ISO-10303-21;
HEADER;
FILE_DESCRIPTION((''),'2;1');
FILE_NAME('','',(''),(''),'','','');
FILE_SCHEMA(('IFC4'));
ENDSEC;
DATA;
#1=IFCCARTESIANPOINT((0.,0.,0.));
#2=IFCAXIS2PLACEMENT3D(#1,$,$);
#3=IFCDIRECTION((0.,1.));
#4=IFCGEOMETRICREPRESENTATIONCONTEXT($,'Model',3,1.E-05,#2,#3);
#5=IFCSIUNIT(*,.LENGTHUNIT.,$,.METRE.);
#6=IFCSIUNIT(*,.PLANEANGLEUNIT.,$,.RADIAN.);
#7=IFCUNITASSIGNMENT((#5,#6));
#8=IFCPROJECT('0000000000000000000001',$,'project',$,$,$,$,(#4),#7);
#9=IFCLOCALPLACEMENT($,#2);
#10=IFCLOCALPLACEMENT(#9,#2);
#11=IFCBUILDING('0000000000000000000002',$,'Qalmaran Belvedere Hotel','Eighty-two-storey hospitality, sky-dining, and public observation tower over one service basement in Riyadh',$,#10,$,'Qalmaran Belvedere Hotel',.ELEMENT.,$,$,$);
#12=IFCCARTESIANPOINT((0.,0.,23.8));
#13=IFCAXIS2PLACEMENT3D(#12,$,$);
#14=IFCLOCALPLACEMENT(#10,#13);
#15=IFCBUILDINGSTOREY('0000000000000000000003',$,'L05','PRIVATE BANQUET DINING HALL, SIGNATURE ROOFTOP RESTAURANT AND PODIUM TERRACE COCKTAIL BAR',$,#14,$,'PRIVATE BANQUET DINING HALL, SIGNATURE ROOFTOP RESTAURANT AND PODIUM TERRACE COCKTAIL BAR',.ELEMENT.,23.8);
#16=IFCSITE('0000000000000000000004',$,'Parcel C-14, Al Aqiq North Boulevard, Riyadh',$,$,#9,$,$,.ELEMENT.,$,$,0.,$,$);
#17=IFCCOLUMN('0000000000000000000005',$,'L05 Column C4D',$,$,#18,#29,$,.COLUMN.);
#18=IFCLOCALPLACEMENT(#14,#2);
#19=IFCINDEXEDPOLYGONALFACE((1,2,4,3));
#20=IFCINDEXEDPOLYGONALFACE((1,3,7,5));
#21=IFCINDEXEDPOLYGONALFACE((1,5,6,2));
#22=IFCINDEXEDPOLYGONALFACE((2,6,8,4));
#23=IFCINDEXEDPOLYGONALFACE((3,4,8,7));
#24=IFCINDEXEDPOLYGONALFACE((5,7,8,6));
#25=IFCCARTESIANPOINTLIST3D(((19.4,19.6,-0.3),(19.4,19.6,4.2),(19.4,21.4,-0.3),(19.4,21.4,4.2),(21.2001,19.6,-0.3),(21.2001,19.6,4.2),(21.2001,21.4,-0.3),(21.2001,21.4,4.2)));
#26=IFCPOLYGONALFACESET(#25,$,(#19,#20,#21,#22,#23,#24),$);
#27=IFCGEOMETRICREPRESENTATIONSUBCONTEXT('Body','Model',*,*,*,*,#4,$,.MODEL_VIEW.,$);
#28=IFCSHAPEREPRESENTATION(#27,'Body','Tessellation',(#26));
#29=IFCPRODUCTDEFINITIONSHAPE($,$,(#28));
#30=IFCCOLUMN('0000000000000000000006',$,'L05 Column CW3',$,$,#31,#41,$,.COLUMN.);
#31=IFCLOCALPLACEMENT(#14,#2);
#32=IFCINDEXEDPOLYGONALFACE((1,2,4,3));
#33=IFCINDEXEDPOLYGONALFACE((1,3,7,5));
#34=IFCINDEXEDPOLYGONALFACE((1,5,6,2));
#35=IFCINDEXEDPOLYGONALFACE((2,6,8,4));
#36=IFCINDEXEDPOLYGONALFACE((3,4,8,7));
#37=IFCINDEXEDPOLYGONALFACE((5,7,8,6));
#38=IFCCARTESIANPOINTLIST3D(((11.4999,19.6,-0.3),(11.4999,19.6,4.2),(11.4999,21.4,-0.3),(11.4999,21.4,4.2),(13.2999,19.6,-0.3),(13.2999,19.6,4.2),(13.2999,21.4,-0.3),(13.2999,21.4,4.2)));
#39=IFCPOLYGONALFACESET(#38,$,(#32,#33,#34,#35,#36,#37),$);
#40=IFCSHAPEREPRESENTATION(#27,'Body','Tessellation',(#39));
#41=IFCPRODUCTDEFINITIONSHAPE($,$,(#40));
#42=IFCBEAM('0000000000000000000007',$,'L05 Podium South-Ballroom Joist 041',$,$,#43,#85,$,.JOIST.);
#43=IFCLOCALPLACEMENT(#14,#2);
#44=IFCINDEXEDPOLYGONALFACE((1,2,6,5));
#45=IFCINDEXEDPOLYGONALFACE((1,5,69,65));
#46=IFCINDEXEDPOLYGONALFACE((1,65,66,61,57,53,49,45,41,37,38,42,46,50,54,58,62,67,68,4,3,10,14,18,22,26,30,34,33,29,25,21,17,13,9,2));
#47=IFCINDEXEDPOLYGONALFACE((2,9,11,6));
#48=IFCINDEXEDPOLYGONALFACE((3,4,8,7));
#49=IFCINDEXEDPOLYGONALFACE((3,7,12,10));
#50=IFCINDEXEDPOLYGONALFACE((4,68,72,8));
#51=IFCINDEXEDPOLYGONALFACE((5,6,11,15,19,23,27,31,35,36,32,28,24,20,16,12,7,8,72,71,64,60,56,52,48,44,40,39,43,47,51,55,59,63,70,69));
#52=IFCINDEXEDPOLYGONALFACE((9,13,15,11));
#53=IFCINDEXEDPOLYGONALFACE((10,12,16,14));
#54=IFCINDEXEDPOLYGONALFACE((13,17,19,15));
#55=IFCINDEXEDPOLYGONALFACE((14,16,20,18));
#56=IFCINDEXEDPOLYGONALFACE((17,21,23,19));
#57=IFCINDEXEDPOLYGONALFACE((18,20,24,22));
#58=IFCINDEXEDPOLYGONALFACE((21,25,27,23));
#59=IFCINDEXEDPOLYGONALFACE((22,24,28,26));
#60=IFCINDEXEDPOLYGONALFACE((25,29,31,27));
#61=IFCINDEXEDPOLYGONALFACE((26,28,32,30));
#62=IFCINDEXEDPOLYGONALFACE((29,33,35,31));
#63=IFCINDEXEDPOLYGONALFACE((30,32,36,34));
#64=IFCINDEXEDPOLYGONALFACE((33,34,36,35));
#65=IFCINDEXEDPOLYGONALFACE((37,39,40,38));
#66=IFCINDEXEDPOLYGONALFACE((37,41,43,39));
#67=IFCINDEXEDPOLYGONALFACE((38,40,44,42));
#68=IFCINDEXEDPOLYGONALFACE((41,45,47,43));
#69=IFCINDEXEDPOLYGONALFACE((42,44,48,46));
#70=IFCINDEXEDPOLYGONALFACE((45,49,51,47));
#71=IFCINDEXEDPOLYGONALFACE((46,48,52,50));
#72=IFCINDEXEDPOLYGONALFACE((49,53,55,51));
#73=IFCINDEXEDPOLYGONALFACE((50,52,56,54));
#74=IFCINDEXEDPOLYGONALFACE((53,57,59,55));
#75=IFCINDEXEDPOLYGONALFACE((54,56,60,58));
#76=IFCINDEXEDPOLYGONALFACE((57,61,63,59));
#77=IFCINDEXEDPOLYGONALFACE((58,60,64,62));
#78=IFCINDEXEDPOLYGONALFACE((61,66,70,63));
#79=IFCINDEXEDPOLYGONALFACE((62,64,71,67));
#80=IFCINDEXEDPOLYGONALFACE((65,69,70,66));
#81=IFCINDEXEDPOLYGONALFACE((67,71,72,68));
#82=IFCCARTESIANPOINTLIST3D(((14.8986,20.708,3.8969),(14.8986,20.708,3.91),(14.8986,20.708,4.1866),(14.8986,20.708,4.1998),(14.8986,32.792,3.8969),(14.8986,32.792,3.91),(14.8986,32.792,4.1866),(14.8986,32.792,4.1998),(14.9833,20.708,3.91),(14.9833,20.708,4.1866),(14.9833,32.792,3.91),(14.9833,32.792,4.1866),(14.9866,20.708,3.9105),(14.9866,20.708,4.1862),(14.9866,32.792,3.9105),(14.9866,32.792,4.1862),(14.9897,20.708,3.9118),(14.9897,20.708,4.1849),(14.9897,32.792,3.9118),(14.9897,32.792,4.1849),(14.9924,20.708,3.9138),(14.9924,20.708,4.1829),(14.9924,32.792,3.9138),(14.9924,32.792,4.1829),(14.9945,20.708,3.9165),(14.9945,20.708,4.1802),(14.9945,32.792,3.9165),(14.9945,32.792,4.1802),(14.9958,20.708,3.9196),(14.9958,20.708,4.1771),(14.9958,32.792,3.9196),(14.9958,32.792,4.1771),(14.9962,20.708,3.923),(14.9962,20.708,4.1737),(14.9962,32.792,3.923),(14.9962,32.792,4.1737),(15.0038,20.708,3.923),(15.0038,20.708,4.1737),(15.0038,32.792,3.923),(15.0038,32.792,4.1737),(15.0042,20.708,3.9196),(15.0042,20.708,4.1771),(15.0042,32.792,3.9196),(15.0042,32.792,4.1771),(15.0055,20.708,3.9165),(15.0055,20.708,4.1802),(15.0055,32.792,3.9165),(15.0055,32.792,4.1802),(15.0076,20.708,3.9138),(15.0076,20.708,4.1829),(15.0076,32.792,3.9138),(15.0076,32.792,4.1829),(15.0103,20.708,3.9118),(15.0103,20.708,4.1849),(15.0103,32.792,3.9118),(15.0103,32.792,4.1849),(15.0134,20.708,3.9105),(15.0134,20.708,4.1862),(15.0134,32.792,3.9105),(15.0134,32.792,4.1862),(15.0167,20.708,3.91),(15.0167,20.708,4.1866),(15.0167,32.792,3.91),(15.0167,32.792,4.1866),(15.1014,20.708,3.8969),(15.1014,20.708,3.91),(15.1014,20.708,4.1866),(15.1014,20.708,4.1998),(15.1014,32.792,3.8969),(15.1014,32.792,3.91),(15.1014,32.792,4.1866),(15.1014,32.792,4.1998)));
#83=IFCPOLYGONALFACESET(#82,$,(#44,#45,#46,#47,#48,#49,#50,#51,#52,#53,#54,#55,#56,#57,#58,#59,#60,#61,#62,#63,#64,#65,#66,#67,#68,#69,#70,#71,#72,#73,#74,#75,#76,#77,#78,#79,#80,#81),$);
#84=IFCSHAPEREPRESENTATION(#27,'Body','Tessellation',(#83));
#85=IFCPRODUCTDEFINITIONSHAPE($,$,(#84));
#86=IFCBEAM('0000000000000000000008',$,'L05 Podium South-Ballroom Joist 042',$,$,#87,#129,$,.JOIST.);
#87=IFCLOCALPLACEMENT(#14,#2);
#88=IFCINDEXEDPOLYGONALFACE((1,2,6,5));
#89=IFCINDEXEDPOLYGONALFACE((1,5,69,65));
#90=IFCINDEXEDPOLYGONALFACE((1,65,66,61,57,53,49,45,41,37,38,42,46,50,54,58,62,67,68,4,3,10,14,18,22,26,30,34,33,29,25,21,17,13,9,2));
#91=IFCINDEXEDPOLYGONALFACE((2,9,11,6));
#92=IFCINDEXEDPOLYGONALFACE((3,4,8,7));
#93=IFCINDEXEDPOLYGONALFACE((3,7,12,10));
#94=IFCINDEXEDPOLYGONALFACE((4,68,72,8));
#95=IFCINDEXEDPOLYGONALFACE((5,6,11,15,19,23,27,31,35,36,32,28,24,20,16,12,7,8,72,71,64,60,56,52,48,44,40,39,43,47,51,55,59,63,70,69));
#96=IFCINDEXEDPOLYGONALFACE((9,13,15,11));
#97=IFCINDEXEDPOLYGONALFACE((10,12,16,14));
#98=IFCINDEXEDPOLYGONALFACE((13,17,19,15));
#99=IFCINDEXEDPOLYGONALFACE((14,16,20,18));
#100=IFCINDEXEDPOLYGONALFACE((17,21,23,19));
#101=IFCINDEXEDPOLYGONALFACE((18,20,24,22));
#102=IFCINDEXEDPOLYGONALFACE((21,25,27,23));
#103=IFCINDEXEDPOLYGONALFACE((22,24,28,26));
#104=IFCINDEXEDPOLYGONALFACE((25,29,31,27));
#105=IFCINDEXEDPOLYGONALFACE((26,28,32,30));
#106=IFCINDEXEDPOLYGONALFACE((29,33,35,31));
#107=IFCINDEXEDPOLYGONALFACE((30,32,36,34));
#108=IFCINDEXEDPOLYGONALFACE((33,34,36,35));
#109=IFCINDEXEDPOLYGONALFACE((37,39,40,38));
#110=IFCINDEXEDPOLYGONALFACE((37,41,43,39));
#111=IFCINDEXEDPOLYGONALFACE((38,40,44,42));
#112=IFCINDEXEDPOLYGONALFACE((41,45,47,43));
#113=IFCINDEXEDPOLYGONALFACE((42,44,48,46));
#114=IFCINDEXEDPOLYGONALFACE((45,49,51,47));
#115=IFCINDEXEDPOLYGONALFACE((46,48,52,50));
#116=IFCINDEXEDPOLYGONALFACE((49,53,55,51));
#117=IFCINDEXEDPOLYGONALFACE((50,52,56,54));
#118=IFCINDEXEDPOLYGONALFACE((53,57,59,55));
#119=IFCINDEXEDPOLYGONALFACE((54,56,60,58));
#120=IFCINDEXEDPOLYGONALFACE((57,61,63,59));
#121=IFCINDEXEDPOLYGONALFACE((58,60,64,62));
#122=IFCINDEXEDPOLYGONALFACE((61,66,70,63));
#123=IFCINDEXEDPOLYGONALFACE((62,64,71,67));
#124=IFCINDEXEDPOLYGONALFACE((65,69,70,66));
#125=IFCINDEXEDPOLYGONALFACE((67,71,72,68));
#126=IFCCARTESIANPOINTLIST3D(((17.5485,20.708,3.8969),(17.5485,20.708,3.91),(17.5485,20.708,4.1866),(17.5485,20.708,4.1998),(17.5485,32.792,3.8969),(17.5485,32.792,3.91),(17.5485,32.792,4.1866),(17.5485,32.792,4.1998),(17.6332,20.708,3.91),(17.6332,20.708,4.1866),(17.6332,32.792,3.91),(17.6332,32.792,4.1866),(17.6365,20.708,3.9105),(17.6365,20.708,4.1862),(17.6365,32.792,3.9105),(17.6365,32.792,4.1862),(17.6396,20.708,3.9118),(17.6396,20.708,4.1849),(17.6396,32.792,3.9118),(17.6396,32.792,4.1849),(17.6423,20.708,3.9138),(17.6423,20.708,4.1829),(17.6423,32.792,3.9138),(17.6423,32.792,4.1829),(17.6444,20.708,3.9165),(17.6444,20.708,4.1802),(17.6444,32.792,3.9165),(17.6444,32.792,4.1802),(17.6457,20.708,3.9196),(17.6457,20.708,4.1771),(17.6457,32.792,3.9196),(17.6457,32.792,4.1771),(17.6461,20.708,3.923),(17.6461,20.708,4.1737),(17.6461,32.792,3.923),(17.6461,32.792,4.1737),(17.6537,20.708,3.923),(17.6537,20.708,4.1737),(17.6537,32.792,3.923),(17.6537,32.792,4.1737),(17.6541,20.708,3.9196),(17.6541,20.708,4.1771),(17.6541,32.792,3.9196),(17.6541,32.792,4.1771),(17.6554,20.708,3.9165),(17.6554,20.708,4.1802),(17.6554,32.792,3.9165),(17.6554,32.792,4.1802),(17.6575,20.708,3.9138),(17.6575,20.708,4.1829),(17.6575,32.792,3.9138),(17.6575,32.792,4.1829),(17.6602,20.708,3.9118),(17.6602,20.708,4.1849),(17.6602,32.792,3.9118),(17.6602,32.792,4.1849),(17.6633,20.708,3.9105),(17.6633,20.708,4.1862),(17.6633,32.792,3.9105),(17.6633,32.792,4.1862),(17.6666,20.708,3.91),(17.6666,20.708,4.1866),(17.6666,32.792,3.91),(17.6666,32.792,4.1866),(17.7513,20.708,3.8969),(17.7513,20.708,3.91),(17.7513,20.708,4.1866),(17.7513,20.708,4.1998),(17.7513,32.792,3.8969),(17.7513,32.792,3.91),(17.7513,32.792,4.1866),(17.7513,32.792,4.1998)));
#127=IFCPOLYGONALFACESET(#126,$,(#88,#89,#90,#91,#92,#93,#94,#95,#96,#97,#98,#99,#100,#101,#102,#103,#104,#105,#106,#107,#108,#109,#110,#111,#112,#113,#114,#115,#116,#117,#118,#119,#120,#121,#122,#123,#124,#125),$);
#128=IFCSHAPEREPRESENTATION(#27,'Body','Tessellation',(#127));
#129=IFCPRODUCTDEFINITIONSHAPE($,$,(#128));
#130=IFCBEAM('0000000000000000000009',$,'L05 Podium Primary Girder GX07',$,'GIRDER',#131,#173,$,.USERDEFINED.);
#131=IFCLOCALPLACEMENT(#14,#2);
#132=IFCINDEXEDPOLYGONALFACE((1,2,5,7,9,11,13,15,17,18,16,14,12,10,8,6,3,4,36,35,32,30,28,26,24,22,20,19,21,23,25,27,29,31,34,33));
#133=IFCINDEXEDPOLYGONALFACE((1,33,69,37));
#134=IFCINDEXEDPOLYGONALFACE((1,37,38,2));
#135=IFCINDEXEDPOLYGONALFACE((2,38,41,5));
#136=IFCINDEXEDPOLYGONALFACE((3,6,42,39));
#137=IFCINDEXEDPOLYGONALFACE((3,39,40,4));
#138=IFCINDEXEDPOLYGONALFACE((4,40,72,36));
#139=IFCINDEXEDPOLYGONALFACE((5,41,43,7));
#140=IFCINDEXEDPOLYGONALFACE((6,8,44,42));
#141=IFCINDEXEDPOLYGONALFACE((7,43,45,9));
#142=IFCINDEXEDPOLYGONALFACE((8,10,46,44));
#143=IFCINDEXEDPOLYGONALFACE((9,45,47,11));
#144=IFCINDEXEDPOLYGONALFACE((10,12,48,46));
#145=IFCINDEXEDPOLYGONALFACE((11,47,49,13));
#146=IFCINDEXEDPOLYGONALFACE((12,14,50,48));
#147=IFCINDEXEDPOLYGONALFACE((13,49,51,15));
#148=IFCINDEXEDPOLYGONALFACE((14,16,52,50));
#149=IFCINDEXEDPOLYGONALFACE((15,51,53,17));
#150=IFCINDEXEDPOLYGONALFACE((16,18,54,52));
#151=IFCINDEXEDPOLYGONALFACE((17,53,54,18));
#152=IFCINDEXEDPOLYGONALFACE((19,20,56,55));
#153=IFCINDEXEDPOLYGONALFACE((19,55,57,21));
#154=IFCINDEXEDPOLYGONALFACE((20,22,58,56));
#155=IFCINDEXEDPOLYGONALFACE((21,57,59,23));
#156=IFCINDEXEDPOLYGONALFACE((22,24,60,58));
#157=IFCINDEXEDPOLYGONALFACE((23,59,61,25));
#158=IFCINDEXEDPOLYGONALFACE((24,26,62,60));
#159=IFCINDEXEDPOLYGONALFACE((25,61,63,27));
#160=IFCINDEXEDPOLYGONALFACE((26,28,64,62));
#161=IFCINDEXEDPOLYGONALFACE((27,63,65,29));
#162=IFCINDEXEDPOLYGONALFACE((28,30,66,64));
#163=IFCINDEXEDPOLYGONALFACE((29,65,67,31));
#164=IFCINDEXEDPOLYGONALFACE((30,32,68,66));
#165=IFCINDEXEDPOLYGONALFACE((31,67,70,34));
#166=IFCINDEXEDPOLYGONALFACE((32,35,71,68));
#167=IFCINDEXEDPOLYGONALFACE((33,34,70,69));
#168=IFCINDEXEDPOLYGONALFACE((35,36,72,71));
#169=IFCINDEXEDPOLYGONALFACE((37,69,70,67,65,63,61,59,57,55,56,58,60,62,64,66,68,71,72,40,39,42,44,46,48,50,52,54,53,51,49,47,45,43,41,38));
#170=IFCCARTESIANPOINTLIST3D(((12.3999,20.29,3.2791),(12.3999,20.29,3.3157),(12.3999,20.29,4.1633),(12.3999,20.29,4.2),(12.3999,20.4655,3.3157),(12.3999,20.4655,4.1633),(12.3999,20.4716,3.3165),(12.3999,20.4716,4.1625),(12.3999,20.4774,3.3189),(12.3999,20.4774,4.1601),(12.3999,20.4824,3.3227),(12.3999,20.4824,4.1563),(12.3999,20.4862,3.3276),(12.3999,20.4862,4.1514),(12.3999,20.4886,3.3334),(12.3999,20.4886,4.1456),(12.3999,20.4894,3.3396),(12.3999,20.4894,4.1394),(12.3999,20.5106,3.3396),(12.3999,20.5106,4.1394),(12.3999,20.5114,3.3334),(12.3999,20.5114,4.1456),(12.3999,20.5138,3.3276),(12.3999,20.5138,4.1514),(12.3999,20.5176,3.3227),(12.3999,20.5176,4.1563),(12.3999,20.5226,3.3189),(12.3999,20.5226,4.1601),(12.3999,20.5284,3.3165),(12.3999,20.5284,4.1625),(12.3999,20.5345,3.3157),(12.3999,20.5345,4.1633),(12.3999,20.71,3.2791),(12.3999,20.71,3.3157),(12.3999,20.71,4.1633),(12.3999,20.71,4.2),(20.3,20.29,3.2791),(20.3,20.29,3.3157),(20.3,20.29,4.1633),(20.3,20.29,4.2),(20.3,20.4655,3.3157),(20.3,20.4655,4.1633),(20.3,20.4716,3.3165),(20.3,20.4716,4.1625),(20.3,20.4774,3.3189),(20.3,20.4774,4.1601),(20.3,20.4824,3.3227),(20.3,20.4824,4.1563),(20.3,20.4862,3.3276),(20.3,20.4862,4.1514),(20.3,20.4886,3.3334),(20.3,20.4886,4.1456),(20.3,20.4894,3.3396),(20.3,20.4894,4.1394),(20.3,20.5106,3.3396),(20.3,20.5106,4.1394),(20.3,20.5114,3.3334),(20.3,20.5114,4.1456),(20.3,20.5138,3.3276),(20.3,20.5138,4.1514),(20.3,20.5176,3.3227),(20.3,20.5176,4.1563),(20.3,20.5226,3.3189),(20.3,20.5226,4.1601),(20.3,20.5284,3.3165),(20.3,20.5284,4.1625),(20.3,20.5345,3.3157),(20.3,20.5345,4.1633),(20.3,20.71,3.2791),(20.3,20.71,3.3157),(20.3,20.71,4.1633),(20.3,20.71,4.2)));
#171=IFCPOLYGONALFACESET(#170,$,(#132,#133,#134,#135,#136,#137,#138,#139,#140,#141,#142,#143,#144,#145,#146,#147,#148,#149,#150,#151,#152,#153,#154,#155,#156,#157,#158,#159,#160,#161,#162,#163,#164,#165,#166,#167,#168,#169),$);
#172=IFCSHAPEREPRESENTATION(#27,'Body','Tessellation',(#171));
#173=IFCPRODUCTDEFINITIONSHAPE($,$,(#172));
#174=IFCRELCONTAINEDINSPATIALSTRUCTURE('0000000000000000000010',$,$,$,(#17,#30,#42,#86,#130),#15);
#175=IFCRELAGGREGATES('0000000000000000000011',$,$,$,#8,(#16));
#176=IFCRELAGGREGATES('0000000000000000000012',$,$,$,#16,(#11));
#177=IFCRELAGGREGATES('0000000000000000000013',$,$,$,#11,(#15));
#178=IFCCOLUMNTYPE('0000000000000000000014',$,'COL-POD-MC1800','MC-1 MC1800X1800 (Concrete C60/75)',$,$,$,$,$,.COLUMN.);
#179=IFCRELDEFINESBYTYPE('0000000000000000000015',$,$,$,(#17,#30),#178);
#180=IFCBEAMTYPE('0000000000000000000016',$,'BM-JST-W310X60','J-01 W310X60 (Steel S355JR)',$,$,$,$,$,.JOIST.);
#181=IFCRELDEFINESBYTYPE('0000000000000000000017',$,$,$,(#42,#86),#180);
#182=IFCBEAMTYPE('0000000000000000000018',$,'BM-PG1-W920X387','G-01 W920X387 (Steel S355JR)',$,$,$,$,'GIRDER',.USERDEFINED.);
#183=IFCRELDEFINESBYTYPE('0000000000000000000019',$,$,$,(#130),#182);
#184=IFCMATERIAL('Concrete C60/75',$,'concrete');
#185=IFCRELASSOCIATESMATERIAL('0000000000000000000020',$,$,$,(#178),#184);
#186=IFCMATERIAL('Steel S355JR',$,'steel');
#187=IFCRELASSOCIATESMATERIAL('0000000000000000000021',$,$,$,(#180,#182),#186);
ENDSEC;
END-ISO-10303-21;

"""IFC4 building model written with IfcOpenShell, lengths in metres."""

from ifc_helpers import new_model, si_unit, direction, frame, origin, origin_2d, place, context, subcontext, project, spatial, rectangle, i_section, extrude, material, material_profile, profile_set, type_object, element, save


model = new_model("IFC4")

# Units and contexts
model_context = context("Model", 3, precision=1e-05, world=origin(), true_north=direction((0.0, 1.0)))
body_context = subcontext(model_context, "Body", "Model", "MODEL_VIEW")
ifc_project = project(units=[si_unit("LENGTHUNIT", "METRE"), si_unit("PLANEANGLEUNIT", "RADIAN")], contexts=[model_context])

# Site, building, storey
site_placement = place(None, origin())
site = spatial("IfcSite", under=ifc_project, at=site_placement, Name="Parcel C-14, Al Aqiq North Boulevard, Riyadh", CompositionType="ELEMENT", RefElevation=0.0)
building_placement = place(site_placement, origin())
building = spatial("IfcBuilding", under=site, at=building_placement, Name="Qalmaran Belvedere Hotel", Description="Eighty-two-storey hospitality, sky-dining, and public observation tower over one service basement in Riyadh", LongName="Qalmaran Belvedere Hotel", CompositionType="ELEMENT")
storey_placement = place(building_placement, frame((0.0, 0.0, 23.8)))
storey = spatial("IfcBuildingStorey", under=building, at=storey_placement, Name="L05", Description="PRIVATE BANQUET DINING HALL, SIGNATURE ROOFTOP RESTAURANT AND PODIUM TERRACE COCKTAIL BAR", LongName="PRIVATE BANQUET DINING HALL, SIGNATURE ROOFTOP RESTAURANT AND PODIUM TERRACE COCKTAIL BAR", CompositionType="ELEMENT", Elevation=23.8)

# Columns
ifc_material_1 = material(Name="Concrete C60/75", Category="concrete")
ifc_material_profile_1 = material_profile(ifc_material_1, rectangle(XDim=1.8, YDim=1.8, at=origin_2d()), Name="MC1800X1800")
ifc_profile_set_1 = profile_set([ifc_material_profile_1], Name="Concrete C60/75")
column_type = type_object("IfcColumnType", Name="COL-POD-MC1800", Description="MC-1 MC1800X1800 (Concrete C60/75)", PredefinedType="COLUMN", material=ifc_profile_set_1)
for number, where, z_axis, x_axis, name in (
    (1, (20.3, 20.5, -0.3), (0.0, 0.0, 1.0), (1.0, 0.0, 0.0), "L05 Column C4D"),
    (2, (12.3999, 20.5, -0.3), (0.0, 0.0, 1.0), (1.0, 0.0, 0.0), "L05 Column CW3"),
):
    element("IfcColumn", number, at=place(storey_placement, frame(where, z_axis=z_axis, x_axis=x_axis)), inside=storey, type_object=column_type, Name=name, PredefinedType="COLUMN", context=body_context, shape_type="SweptSolid", body=[
        extrude(rectangle(XDim=1.8, YDim=1.8, at=origin_2d()), origin(), (0.0, 0.0, 1.0), 4.5),
    ])

# Beams
ifc_material_2 = material(Name="Steel S355JR", Category="steel")
ifc_material_profile_2 = material_profile(ifc_material_2, i_section(OverallWidth=0.2029, OverallDepth=0.303, WebThickness=0.0076, FlangeThickness=0.0132, FilletRadius=0.0129, at=origin_2d()), Name="W310X60")
ifc_profile_set_2 = profile_set([ifc_material_profile_2], Name="Steel S355JR")
beam_type_1 = type_object("IfcBeamType", Name="BM-JST-W310X60", Description="J-01 W310X60 (Steel S355JR)", PredefinedType="JOIST", material=ifc_profile_set_2)
for number, where, z_axis, x_axis, name in (
    (3, (15.0, 20.708, 4.0483), (0.0, 1.0, 0.0), (-1.0, 0.0, 0.0), "L05 Podium South-Ballroom Joist 041"),
    (4, (17.6499, 20.708, 4.0483), (0.0, 1.0, 0.0), (-1.0, 0.0, 0.0), "L05 Podium South-Ballroom Joist 042"),
):
    element("IfcBeam", number, at=place(storey_placement, frame(where, z_axis=z_axis, x_axis=x_axis)), inside=storey, type_object=beam_type_1, Name=name, PredefinedType="JOIST", context=body_context, shape_type="SweptSolid", body=[
        extrude(i_section(OverallWidth=0.2029, OverallDepth=0.303, WebThickness=0.0076, FlangeThickness=0.0132, FilletRadius=0.0129, at=origin_2d()), origin(), (0.0, 0.0, 1.0), 12.084),
    ])
ifc_material_profile_3 = material_profile(ifc_material_2, i_section(OverallWidth=0.4199, OverallDepth=0.9209, WebThickness=0.0212, FlangeThickness=0.0366, FilletRadius=0.0239, at=origin_2d()), Name="W920X387")
ifc_profile_set_3 = profile_set([ifc_material_profile_3], Name="Steel S355JR")
beam_type_2 = type_object("IfcBeamType", Name="BM-PG1-W920X387", Description="G-01 W920X387 (Steel S355JR)", ElementType="GIRDER", PredefinedType="USERDEFINED", material=ifc_profile_set_3)
beam_1_placement = place(storey_placement, frame((12.3999, 20.5, 3.7395), z_axis=(1.0, 0.0, 0.0), x_axis=(0.0, 1.0, 0.0)))
element("IfcBeam", 5, at=beam_1_placement, inside=storey, type_object=beam_type_2, Name="L05 Podium Primary Girder GX07", ObjectType="GIRDER", PredefinedType="USERDEFINED", context=body_context, shape_type="SweptSolid", body=[
    extrude(i_section(OverallWidth=0.4199, OverallDepth=0.9209, WebThickness=0.0212, FlangeThickness=0.0366, FilletRadius=0.0239, at=origin_2d()), origin(), (0.0, 0.0, 1.0), 7.9001),
])

save(model, "model.ifc")
